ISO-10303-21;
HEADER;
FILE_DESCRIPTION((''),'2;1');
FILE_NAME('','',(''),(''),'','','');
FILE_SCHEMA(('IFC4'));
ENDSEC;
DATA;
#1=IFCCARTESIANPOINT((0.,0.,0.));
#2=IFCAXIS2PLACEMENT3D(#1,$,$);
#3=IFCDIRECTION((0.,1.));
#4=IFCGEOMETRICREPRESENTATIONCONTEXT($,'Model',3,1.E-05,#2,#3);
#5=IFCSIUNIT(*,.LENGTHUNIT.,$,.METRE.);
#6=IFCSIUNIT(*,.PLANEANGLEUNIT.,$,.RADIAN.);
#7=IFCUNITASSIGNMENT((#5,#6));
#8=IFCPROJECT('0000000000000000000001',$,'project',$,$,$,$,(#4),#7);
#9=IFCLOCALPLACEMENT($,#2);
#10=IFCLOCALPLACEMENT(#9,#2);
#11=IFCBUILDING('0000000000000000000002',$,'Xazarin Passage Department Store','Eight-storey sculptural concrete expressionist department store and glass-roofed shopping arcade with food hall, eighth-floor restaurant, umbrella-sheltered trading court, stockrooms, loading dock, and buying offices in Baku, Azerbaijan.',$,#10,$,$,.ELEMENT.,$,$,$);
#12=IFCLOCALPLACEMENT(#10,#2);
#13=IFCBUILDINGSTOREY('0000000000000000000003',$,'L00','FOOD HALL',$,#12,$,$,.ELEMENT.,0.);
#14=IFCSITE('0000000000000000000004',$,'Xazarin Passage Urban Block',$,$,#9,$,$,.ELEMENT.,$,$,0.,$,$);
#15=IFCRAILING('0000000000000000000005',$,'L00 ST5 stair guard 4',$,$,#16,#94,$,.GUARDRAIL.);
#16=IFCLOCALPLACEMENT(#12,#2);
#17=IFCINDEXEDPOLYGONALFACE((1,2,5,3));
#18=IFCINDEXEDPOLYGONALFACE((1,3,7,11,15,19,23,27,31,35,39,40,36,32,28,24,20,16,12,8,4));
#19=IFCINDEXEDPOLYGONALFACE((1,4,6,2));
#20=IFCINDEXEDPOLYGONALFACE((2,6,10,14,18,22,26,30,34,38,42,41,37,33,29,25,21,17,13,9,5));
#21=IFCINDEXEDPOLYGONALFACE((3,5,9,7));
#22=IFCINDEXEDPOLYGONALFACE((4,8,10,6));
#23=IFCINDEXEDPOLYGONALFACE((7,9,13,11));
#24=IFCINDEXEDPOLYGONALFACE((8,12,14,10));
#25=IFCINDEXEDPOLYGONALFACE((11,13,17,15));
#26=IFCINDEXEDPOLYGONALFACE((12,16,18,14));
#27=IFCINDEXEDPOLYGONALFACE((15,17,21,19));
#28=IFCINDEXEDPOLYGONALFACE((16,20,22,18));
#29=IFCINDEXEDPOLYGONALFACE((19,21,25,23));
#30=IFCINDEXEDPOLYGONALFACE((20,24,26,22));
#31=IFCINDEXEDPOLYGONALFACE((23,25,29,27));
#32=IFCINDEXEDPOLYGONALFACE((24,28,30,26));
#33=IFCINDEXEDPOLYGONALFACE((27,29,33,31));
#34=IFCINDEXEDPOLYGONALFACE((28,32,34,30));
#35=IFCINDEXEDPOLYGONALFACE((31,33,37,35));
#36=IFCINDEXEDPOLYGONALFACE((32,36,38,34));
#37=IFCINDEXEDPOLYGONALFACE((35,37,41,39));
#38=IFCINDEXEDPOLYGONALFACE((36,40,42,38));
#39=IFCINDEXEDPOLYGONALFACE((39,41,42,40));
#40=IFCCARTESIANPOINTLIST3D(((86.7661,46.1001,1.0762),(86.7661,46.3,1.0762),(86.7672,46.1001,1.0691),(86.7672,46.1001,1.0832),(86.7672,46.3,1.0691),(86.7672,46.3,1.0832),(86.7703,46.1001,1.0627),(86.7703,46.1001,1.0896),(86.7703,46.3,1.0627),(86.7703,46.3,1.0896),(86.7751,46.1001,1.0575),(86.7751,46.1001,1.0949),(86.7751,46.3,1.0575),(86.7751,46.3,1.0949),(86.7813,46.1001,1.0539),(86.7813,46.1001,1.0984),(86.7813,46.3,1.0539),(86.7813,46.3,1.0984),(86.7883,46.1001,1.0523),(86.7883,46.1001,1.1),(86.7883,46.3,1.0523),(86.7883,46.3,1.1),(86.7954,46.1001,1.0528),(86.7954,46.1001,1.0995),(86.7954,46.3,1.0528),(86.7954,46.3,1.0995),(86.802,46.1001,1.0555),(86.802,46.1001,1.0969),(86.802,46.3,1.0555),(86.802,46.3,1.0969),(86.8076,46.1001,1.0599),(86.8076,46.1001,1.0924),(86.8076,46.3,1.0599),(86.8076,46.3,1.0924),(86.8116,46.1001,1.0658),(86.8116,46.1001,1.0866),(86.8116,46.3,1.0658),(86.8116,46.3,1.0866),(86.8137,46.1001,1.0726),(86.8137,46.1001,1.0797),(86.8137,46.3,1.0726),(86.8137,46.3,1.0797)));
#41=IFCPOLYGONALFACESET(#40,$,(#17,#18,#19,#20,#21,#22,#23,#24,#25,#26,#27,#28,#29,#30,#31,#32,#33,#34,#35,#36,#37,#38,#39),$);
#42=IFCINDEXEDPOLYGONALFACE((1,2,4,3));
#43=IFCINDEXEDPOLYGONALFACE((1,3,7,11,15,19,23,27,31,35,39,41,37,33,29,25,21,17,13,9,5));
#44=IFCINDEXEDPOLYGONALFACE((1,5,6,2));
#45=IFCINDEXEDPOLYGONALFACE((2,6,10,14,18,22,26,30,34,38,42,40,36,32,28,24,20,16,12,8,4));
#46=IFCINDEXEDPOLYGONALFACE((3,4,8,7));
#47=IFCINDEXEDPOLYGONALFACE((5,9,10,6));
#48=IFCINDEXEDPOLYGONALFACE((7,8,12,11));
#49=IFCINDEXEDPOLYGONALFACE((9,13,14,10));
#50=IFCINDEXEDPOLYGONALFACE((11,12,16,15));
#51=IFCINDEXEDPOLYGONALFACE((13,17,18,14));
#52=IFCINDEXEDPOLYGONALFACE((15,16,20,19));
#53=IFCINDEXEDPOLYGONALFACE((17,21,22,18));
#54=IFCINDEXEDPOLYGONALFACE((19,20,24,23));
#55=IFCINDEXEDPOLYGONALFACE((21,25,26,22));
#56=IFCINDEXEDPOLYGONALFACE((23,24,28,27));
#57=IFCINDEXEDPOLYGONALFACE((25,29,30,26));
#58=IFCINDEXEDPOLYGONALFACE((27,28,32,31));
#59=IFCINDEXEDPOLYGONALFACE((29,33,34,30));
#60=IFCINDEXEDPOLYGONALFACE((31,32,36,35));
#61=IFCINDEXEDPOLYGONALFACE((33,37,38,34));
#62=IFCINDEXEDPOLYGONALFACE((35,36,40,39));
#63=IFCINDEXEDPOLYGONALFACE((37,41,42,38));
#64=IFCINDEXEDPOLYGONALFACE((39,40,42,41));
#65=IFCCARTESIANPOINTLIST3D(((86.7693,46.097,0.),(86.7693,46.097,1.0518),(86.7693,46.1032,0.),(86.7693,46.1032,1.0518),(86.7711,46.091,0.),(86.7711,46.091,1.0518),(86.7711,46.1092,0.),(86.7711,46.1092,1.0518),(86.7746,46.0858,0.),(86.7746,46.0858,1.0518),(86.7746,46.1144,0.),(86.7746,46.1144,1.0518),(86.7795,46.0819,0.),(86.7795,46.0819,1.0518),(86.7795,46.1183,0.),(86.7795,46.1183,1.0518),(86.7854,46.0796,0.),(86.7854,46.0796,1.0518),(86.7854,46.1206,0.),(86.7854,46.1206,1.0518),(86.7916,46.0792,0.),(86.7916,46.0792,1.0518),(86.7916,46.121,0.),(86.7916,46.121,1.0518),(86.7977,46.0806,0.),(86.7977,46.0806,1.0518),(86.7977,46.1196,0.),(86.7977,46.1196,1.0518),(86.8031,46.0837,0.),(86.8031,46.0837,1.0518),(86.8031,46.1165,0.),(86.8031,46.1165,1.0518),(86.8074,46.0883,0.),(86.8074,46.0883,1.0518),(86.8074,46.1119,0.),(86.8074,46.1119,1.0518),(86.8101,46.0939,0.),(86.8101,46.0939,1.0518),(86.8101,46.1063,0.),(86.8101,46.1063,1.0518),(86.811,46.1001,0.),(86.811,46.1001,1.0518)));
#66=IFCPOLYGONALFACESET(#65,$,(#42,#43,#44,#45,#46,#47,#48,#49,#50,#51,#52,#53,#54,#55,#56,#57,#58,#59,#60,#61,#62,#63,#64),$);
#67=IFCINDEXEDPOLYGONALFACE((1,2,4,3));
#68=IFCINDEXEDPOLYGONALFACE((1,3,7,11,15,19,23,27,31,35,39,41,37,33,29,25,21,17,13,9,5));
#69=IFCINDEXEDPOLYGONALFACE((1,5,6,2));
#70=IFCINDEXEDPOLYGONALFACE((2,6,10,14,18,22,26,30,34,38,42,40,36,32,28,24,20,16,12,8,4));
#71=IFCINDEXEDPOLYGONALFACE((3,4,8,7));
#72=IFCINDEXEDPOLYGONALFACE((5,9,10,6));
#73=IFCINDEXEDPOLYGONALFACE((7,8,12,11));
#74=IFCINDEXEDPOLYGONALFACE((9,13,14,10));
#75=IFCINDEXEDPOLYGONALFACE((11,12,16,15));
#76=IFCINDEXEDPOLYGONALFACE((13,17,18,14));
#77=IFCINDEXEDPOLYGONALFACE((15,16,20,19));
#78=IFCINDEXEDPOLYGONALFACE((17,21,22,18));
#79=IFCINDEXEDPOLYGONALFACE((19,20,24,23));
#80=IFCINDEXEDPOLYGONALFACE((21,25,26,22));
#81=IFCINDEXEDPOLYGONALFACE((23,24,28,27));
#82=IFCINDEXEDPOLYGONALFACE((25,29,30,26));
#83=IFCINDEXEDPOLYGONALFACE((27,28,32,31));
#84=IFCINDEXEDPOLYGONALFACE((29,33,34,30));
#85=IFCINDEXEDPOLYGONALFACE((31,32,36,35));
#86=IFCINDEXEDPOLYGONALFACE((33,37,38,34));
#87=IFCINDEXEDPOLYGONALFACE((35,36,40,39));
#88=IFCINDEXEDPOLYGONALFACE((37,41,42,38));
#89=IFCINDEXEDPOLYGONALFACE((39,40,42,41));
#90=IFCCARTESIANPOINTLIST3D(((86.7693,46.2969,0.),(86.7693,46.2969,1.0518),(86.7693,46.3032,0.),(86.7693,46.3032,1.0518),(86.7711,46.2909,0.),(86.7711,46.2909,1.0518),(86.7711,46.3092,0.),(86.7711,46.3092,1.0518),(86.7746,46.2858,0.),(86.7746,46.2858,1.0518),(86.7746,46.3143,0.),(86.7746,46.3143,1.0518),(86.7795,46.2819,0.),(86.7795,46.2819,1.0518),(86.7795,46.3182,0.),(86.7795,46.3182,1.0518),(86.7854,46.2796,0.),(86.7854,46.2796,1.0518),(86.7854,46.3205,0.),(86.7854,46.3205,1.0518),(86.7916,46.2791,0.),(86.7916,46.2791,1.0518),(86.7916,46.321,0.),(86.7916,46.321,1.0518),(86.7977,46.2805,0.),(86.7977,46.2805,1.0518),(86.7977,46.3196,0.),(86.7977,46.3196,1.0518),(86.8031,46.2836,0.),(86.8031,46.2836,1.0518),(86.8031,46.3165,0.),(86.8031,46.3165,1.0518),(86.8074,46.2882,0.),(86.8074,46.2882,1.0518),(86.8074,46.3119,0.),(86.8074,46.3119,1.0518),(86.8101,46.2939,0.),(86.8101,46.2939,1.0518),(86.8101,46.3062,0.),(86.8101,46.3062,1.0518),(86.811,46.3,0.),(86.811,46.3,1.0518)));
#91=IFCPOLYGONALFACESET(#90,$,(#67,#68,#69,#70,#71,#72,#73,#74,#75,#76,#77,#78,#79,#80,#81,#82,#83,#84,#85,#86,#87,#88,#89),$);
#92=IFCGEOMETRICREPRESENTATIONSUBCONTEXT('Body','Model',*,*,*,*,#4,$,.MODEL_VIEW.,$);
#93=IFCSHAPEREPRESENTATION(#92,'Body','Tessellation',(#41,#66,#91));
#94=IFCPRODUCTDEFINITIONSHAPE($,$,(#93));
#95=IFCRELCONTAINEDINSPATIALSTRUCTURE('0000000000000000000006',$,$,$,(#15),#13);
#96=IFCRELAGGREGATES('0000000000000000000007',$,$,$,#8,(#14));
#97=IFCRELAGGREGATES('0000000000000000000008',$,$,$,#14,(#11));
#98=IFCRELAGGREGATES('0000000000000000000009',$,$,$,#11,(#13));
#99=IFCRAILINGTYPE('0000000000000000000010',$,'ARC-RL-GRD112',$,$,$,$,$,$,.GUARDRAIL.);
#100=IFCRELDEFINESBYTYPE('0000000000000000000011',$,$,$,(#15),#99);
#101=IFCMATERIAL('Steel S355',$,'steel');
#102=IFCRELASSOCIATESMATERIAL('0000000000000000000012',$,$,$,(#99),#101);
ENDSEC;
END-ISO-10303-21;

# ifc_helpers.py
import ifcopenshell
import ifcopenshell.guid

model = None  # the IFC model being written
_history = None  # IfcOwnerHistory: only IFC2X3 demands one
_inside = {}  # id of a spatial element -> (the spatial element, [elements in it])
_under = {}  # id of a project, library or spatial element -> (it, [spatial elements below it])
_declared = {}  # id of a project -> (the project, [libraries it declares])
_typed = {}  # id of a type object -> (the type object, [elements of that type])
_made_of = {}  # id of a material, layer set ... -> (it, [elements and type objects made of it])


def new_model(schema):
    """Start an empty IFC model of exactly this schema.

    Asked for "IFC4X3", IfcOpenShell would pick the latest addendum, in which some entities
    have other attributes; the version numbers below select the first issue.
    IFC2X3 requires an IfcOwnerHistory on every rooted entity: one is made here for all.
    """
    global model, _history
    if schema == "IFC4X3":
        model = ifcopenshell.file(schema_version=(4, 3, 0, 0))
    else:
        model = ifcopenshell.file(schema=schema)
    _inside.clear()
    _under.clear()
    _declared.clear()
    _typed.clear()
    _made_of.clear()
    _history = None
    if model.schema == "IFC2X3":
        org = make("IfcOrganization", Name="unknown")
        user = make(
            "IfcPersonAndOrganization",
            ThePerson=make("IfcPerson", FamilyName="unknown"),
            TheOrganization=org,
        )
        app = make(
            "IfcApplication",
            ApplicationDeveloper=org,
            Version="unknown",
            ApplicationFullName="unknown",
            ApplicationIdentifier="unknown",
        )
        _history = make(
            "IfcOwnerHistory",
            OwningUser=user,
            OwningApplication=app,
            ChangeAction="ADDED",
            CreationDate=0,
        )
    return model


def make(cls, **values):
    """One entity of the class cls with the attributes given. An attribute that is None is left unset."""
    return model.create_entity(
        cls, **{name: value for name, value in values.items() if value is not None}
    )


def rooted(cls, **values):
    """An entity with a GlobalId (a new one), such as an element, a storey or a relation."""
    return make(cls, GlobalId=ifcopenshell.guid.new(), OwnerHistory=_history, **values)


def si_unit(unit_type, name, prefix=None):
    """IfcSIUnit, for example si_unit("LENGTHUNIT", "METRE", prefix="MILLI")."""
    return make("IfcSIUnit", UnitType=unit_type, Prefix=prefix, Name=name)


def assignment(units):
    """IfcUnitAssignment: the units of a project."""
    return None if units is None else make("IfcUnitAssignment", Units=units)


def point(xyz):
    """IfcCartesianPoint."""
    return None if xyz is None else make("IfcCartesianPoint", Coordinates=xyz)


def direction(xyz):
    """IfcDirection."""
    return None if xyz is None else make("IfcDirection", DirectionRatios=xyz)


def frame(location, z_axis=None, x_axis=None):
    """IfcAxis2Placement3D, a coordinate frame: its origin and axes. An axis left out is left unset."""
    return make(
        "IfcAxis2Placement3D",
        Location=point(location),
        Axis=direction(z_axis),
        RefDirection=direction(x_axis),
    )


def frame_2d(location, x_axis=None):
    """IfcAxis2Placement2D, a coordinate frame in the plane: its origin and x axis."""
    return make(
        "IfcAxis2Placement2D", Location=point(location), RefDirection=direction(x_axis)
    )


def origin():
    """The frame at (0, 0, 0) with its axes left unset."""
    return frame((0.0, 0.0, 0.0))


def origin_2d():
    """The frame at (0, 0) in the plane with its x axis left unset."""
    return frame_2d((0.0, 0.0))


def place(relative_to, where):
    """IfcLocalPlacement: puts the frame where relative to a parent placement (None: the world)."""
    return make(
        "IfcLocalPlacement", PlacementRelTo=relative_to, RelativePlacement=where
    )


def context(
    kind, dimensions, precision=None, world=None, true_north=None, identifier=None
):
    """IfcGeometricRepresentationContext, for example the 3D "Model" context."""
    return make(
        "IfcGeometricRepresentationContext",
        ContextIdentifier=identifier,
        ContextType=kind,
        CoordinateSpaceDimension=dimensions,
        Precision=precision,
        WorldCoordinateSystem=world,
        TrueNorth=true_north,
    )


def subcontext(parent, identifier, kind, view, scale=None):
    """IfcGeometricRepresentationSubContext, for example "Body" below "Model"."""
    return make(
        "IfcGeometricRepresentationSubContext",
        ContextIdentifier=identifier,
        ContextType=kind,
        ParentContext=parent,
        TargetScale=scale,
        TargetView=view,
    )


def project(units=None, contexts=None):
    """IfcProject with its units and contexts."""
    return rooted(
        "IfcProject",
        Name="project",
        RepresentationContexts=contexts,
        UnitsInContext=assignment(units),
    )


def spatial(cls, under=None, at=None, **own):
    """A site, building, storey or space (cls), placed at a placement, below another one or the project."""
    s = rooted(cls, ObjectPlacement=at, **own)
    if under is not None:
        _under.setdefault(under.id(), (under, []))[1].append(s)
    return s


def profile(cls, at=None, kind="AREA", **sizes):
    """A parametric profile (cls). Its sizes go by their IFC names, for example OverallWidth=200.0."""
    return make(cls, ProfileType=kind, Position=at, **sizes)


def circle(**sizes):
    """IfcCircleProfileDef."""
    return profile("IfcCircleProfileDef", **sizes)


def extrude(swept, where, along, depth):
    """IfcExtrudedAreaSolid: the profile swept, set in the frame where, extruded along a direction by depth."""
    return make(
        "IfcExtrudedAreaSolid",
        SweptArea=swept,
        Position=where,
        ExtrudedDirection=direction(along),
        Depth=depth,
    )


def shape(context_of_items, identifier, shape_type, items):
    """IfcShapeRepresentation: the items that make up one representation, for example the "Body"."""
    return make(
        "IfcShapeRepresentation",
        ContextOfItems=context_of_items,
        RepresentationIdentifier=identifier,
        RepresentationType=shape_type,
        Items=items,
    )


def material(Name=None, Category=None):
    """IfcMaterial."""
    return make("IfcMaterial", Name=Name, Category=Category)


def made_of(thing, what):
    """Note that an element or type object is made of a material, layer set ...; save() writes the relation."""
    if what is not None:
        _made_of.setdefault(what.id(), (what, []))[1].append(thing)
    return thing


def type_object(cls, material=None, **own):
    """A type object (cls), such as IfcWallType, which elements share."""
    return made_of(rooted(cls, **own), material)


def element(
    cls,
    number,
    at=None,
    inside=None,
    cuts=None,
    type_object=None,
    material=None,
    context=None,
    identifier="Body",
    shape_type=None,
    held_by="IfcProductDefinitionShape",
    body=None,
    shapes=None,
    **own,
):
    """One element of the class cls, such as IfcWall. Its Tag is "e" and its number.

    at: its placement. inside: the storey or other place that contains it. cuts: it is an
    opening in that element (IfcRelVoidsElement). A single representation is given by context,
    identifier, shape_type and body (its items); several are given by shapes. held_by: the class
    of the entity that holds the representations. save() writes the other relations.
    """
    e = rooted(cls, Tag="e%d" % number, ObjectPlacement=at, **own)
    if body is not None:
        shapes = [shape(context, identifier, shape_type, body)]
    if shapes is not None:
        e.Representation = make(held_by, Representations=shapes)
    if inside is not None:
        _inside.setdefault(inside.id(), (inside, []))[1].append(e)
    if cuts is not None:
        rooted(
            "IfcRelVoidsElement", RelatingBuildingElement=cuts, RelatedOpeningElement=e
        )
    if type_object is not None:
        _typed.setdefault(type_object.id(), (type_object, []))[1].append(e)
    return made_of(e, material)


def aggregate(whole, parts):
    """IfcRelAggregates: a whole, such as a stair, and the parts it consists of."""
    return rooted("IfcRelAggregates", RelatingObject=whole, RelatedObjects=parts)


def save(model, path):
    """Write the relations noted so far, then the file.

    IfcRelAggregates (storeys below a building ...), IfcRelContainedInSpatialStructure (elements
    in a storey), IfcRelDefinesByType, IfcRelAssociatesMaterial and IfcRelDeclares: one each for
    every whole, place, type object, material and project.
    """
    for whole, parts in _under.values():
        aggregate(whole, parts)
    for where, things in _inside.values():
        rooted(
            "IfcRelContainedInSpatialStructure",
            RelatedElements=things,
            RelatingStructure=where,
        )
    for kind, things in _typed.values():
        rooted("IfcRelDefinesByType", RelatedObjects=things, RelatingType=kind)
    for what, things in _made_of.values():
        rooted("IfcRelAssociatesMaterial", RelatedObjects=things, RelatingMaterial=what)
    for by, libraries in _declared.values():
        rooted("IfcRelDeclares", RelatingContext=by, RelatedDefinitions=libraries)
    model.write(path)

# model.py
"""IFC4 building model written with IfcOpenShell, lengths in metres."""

from ifc_helpers import new_model, si_unit, direction, frame, origin, origin_2d, place, context, subcontext, project, spatial, circle, extrude, material, type_object, element, save


model = new_model("IFC4")

# Units and contexts
model_context = context("Model", 3, precision=1e-05, world=origin(), true_north=direction((0.0, 1.0)))
body_context = subcontext(model_context, "Body", "Model", "MODEL_VIEW")
ifc_project = project(units=[si_unit("LENGTHUNIT", "METRE"), si_unit("PLANEANGLEUNIT", "RADIAN")], contexts=[model_context])

# Site, building, storey
site_placement = place(None, origin())
site = spatial("IfcSite", under=ifc_project, at=site_placement, Name="Xazarin Passage Urban Block", CompositionType="ELEMENT", RefElevation=0.0)
building_placement = place(site_placement, origin())
building = spatial("IfcBuilding", under=site, at=building_placement, Name="Xazarin Passage Department Store", Description="Eight-storey sculptural concrete expressionist department store and glass-roofed shopping arcade with food hall, eighth-floor restaurant, umbrella-sheltered trading court, stockrooms, loading dock, and buying offices in Baku, Azerbaijan.", CompositionType="ELEMENT")
storey_placement = place(building_placement, origin())
storey = spatial("IfcBuildingStorey", under=building, at=storey_placement, Name="L00", Description="FOOD HALL", CompositionType="ELEMENT", Elevation=0.0)

# Shared definitions
ifc_material_1 = material(Name="Steel S355", Category="steel")

# Railing
railing_type_1 = type_object("IfcRailingType", Name="ARC-RL-GRD112", PredefinedType="GUARDRAIL", material=ifc_material_1)
railing_1_placement = place(storey_placement, frame((86.79, 46.1001, 0.0)))
element("IfcRailing", 1, at=railing_1_placement, inside=storey, type_object=railing_type_1, Name="L00 ST5 stair guard 4", PredefinedType="GUARDRAIL", context=body_context, shape_type="SweptSolid", body=[
    extrude(circle(Radius=0.0239, at=origin_2d()), frame((0.0, 0.0, 1.0762), z_axis=(0.0, 1.0, 0.0), x_axis=(-1.0, 0.0, 0.0)), (0.0, 0.0, 1.0), 0.2),
    extrude(circle(Radius=0.021, at=origin_2d()), origin(), (0.0, 0.0, 1.0), 1.0518),
    extrude(circle(Radius=0.021, at=origin_2d()), frame((0.0, 0.2, 0.0)), (0.0, 0.0, 1.0), 1.0518),
])

save(model, "model.ifc")
